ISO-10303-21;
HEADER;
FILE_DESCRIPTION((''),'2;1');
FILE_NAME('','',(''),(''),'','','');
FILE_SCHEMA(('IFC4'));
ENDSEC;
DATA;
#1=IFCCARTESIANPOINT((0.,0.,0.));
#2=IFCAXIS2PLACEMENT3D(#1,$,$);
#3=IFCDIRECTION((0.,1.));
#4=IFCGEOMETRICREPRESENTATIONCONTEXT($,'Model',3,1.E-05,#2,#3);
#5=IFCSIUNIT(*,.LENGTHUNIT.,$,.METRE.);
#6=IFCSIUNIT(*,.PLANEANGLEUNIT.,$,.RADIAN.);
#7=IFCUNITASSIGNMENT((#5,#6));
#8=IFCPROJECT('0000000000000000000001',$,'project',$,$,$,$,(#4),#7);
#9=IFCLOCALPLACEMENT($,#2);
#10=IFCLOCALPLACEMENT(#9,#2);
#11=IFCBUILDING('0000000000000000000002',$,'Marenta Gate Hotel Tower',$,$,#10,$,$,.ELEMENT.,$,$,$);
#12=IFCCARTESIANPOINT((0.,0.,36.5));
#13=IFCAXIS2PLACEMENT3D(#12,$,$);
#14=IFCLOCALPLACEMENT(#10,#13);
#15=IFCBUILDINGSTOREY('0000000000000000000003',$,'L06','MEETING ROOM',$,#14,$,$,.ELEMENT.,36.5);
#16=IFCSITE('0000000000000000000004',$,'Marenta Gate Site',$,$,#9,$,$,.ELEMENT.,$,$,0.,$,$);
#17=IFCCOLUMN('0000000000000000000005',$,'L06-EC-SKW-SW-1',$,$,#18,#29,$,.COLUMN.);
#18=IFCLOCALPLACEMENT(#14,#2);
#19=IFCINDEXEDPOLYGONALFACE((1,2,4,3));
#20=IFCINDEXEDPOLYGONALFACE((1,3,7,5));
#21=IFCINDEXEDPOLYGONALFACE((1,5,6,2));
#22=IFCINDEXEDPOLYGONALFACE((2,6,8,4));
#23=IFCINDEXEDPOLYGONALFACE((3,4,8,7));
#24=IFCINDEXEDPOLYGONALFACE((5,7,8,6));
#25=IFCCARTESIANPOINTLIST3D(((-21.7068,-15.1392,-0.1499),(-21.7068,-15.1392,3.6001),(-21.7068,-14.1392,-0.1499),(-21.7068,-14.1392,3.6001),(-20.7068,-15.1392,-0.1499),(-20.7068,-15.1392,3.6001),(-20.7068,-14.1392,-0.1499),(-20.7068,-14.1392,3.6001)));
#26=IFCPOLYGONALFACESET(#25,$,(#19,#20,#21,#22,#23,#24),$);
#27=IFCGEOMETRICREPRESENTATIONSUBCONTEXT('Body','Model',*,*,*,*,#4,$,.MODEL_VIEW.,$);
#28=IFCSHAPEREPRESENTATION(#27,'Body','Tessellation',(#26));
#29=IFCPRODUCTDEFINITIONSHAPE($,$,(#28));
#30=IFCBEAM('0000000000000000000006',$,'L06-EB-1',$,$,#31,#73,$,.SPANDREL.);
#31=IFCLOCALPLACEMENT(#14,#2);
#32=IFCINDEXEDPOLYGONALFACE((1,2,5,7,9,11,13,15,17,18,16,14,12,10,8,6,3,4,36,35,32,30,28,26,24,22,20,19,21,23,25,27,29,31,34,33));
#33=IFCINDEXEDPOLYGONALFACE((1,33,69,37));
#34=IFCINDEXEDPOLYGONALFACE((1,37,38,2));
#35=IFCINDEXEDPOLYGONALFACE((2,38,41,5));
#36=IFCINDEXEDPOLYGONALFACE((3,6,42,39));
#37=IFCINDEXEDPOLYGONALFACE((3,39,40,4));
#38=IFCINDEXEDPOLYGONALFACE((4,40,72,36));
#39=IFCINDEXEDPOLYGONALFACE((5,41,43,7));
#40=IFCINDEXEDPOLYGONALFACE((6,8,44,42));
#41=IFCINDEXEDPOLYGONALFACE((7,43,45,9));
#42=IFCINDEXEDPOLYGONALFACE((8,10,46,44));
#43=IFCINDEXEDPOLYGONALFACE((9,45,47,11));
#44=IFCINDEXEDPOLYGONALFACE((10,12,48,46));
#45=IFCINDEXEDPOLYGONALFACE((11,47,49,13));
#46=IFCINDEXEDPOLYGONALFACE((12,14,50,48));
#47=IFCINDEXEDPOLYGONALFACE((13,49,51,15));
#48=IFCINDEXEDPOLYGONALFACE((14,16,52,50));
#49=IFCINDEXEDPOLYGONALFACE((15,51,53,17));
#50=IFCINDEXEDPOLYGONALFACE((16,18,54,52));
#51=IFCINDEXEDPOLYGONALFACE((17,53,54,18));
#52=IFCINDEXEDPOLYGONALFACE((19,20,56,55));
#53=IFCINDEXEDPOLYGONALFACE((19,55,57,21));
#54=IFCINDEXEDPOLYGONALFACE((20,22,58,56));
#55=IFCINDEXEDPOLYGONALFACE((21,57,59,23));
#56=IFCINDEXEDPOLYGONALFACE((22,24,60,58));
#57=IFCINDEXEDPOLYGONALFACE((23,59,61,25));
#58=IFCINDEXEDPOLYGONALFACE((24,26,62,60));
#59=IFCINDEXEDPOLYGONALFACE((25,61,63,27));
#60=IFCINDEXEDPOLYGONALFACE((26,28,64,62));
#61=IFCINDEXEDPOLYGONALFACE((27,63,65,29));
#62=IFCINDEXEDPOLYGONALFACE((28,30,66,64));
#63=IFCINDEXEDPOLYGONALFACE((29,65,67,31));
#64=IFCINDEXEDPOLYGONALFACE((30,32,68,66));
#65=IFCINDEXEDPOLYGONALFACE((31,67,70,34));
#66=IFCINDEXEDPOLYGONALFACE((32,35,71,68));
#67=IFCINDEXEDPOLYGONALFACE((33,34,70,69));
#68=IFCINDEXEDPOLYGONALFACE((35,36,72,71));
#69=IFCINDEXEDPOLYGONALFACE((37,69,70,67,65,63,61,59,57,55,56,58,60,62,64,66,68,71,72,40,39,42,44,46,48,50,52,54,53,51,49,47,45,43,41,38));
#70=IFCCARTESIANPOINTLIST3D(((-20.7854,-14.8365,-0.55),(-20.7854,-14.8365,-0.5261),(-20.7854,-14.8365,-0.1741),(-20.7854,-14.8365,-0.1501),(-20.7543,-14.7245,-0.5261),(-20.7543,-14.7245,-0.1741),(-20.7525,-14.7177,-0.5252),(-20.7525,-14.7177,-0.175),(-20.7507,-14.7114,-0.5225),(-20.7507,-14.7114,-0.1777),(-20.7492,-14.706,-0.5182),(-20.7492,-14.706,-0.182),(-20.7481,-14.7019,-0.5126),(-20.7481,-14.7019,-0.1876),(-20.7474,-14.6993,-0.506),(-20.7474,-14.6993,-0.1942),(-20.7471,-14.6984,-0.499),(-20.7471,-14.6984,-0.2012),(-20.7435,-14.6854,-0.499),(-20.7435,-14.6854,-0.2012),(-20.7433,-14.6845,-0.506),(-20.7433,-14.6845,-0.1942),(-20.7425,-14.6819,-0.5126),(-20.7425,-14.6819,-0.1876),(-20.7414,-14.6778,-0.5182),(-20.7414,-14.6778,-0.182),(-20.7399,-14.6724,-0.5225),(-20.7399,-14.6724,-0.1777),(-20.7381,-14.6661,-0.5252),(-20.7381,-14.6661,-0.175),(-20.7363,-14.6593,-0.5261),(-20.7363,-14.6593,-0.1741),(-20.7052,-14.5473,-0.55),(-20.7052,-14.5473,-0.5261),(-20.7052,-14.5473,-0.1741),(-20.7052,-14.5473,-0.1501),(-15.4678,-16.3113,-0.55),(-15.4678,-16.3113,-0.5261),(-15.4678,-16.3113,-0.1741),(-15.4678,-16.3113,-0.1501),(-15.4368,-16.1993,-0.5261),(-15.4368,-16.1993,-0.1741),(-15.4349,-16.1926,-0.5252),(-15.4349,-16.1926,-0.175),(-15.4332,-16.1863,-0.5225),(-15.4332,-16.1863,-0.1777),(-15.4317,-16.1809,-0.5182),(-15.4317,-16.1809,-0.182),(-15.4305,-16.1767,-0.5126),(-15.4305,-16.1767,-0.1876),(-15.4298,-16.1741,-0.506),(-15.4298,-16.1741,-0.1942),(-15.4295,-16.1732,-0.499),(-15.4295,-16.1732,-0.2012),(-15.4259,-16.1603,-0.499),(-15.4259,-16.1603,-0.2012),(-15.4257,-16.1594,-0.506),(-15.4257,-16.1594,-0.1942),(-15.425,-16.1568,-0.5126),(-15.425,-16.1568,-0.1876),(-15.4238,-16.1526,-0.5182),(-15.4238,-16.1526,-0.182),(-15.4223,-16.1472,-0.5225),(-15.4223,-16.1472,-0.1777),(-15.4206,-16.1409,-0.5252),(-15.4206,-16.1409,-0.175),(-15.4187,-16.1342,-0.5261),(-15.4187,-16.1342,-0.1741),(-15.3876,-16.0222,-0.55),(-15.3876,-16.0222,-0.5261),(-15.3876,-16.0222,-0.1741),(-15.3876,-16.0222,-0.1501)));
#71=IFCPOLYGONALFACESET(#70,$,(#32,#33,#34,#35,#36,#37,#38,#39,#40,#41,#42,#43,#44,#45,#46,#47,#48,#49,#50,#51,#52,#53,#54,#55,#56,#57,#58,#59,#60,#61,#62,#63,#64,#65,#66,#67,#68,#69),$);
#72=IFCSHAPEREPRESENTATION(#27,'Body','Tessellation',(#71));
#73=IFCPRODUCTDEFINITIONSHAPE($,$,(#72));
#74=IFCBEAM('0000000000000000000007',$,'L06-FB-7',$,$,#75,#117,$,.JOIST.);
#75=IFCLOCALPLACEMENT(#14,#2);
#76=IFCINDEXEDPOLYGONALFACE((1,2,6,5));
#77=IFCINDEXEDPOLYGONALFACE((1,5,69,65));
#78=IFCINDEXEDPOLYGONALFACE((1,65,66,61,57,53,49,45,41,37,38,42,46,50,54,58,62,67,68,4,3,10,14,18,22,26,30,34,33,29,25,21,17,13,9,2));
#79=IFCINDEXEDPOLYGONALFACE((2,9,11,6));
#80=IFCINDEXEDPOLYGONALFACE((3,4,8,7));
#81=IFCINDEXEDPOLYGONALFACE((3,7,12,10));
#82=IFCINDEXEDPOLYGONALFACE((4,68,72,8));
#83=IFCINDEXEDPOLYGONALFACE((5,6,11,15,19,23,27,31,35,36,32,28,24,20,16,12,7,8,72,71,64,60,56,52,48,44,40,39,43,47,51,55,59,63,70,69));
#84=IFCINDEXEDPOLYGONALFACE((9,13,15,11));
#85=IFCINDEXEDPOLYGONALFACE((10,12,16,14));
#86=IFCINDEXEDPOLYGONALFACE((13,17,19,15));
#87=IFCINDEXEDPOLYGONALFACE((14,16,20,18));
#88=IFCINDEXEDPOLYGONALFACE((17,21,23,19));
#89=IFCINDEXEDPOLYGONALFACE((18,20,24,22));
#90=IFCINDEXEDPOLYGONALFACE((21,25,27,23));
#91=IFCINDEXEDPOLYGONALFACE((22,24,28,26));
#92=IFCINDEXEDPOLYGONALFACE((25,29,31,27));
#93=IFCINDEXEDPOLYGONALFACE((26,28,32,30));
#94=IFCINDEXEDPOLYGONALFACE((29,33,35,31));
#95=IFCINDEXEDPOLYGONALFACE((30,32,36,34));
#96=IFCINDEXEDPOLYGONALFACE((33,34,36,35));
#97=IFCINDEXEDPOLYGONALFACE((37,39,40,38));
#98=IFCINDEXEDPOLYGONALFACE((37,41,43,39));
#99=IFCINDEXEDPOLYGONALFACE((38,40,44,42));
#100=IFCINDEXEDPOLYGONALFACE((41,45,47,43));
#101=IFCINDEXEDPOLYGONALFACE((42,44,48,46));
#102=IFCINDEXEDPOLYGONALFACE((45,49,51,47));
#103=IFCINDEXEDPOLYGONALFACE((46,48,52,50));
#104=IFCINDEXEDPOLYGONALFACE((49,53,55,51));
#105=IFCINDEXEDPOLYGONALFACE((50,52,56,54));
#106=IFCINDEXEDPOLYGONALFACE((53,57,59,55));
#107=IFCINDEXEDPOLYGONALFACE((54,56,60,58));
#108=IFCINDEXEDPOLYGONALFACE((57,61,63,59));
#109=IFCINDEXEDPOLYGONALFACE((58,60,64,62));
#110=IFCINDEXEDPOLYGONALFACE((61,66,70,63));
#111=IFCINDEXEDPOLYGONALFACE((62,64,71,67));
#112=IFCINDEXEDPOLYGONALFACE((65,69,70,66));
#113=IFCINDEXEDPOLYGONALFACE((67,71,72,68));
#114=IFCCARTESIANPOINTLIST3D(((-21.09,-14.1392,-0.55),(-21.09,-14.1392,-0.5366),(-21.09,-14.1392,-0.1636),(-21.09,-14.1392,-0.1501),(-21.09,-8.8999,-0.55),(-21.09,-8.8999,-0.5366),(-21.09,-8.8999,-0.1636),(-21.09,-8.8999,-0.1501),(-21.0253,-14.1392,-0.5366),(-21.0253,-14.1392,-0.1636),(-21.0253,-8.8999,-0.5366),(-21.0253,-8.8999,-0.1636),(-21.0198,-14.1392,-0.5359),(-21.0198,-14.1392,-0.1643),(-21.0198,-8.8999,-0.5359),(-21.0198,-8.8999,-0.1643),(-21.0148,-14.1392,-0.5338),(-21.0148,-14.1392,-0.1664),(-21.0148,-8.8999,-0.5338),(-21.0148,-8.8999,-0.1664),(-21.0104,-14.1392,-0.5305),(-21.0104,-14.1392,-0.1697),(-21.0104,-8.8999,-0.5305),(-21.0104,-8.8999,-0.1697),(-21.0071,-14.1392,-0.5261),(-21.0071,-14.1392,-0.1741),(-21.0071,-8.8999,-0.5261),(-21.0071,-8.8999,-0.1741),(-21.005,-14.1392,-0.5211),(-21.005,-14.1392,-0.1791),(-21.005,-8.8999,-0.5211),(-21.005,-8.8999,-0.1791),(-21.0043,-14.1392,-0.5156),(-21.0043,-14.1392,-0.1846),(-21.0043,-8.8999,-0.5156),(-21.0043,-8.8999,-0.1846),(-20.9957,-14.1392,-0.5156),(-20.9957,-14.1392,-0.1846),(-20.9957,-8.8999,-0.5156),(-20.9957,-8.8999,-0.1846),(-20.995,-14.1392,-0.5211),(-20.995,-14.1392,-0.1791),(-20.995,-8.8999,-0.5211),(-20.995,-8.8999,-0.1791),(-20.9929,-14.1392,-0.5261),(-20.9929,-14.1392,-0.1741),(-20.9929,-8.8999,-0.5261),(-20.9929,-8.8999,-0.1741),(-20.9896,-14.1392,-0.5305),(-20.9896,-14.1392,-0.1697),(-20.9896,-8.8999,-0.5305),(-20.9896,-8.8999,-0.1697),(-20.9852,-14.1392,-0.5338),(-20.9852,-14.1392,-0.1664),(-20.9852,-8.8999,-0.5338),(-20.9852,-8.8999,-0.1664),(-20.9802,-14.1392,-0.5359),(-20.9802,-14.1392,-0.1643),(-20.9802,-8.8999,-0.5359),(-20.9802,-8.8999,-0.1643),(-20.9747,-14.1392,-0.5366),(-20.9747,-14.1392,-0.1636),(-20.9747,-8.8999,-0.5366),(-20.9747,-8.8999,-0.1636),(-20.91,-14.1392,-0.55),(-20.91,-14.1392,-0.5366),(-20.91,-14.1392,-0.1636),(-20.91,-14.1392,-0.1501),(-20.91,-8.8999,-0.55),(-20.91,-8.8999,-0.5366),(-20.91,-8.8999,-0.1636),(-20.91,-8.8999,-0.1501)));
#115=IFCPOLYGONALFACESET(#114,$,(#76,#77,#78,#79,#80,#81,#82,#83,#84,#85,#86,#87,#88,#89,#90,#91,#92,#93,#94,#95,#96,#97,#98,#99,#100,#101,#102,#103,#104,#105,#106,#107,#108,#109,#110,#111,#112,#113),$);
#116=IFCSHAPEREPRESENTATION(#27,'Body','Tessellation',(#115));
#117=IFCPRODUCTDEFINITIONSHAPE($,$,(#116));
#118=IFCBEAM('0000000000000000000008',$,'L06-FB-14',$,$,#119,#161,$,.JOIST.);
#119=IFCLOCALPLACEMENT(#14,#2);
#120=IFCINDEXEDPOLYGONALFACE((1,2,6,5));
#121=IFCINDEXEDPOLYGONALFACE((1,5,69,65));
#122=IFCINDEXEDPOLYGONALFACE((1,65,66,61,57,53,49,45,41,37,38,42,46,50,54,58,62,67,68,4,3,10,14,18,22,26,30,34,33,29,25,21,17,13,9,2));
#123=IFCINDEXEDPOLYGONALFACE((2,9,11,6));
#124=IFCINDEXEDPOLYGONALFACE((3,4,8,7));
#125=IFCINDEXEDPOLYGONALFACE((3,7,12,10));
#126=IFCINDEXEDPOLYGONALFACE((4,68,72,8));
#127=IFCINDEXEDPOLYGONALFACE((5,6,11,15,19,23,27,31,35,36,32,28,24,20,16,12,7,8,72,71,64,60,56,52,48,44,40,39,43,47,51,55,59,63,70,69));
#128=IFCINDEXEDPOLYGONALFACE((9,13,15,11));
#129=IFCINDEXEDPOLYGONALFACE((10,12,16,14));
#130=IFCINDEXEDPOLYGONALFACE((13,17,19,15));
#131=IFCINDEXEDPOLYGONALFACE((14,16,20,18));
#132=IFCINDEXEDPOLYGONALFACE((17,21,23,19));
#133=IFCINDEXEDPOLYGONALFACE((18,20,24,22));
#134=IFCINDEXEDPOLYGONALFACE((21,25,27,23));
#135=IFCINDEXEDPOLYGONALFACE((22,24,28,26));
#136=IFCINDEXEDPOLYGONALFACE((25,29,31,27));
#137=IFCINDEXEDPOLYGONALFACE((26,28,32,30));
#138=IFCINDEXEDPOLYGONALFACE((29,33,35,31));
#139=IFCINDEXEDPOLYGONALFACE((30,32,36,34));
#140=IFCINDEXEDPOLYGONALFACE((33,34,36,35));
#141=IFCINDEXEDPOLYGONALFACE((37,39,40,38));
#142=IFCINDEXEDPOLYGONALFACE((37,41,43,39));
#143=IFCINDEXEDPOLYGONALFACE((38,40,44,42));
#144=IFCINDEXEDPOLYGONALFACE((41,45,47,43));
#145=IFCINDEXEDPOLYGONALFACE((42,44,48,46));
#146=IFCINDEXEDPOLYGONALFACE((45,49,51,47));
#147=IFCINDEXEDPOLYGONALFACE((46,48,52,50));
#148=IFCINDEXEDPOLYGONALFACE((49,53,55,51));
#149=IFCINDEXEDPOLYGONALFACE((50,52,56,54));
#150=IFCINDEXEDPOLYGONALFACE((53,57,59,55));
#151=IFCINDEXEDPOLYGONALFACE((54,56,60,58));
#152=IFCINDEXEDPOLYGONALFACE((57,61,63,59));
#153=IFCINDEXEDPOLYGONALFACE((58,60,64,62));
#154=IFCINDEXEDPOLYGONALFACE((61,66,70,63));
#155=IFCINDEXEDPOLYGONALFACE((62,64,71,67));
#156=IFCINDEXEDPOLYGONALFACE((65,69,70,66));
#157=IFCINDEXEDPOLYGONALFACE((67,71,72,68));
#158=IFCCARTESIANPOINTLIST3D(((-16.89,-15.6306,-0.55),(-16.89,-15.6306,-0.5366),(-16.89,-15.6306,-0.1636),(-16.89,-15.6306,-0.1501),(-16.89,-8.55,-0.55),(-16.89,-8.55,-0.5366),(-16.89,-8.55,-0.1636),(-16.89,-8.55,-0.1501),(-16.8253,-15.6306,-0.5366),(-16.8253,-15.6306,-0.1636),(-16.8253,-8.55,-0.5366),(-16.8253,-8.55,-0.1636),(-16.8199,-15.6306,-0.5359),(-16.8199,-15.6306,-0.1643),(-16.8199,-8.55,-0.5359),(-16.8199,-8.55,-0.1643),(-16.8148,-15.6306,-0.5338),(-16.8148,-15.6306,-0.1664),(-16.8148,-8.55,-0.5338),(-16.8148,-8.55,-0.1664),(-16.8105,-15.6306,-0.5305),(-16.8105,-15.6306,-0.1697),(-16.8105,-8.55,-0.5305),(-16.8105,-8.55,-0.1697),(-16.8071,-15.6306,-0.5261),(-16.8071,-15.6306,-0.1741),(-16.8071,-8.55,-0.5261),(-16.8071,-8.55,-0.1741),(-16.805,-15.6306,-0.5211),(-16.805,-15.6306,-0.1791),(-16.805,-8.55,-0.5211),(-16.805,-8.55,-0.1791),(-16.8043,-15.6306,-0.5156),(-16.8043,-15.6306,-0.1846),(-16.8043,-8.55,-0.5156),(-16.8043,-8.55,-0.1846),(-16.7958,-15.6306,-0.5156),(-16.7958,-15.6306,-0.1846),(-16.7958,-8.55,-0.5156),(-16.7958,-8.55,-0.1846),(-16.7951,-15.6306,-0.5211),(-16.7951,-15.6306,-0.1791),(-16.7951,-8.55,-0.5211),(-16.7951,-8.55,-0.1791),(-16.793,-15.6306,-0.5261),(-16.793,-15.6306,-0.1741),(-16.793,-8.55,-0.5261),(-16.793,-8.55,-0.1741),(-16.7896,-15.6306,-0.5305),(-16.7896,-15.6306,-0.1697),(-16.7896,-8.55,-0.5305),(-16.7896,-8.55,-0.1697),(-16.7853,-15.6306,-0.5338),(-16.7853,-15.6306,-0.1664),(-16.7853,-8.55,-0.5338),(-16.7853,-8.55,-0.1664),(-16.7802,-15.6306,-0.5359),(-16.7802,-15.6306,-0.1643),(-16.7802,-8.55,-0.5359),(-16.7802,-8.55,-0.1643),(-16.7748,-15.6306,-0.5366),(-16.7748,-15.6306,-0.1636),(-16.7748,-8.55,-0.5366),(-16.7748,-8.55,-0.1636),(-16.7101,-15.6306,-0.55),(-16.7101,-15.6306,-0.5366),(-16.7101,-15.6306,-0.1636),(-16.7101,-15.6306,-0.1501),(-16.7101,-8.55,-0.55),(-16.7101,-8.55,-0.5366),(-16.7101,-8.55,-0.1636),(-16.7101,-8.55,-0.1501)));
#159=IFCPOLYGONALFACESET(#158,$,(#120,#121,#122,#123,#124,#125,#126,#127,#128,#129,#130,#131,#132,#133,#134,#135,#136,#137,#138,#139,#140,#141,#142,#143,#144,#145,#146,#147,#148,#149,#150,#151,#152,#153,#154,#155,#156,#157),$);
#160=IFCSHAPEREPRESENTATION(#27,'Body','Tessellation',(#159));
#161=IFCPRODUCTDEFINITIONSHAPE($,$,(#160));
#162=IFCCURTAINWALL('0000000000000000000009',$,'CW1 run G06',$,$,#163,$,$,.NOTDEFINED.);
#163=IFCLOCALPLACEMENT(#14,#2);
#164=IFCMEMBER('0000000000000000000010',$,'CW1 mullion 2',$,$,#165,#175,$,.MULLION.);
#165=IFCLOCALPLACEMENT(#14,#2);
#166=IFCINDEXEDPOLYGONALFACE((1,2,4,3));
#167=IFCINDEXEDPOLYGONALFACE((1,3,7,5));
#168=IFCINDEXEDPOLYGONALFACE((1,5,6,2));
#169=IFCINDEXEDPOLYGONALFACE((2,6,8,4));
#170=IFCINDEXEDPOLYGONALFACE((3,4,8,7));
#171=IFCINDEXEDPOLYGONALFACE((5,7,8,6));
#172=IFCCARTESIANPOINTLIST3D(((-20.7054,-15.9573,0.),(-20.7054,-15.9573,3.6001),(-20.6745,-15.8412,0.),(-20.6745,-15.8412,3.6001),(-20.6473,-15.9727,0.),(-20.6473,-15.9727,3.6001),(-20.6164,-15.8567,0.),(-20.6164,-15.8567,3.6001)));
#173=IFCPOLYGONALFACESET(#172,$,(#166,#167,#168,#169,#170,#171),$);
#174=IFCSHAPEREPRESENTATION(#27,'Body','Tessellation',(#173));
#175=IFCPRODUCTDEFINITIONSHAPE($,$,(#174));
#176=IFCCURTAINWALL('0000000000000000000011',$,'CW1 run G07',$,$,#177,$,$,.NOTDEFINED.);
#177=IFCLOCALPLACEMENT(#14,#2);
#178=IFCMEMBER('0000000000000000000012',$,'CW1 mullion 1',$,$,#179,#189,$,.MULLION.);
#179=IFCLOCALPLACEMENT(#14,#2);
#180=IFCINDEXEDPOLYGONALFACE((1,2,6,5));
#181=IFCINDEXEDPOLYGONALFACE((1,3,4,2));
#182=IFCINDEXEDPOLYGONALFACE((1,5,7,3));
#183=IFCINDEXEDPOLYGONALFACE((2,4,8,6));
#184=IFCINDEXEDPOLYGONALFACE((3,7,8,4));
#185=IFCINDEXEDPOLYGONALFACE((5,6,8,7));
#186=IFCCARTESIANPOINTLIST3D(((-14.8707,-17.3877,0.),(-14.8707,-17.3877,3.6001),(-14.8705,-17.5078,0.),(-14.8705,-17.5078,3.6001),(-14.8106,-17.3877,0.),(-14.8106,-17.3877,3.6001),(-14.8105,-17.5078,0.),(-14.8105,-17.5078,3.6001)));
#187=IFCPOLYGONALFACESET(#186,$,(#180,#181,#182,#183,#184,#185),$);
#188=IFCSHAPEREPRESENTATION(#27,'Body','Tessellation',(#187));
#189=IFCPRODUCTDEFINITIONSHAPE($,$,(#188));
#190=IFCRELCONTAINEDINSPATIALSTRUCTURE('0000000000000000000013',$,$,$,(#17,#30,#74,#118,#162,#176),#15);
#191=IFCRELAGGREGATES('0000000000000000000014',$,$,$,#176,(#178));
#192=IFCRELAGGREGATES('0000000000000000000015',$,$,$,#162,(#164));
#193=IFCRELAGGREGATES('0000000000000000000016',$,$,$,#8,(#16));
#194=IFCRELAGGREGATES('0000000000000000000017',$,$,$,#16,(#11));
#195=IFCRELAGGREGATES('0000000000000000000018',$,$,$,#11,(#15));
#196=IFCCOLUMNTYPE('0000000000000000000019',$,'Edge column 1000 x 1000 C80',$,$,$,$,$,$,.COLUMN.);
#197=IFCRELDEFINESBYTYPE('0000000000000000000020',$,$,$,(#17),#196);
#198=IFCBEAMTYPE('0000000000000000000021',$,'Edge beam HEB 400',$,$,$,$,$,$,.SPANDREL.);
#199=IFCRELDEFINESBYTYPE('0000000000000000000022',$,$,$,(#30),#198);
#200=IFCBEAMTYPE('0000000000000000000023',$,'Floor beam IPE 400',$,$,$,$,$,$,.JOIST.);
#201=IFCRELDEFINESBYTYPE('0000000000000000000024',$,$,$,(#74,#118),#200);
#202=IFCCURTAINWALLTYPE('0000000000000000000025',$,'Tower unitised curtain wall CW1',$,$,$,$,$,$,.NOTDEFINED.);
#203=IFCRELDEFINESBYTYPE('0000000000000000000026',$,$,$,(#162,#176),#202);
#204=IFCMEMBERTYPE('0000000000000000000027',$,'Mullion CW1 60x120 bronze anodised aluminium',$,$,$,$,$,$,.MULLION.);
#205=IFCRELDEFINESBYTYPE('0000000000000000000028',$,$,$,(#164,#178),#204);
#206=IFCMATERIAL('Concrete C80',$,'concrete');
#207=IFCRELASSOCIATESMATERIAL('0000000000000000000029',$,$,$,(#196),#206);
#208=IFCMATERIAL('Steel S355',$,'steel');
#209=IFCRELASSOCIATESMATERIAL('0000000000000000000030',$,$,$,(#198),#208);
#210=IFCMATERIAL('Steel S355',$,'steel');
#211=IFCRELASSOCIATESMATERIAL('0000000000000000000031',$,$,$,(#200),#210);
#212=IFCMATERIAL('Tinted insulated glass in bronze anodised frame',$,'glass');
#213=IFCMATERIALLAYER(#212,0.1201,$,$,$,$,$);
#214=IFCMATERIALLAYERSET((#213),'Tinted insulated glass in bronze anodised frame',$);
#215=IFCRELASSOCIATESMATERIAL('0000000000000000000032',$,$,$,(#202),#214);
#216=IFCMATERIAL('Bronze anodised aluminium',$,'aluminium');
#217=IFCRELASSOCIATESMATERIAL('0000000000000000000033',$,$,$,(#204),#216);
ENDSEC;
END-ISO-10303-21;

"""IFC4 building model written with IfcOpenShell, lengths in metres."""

from ifc_helpers import new_model, si_unit, direction, frame, origin, origin_2d, place, context, subcontext, project, spatial, rectangle, i_section, extrude, material, layer, layer_set, material_profile, profile_set, type_object, element, aggregate, save


model = new_model("IFC4")

# Units and contexts
model_context = context("Model", 3, precision=1e-05, world=origin(), true_north=direction((0.0, 1.0)))
body_context = subcontext(model_context, "Body", "Model", "MODEL_VIEW")
ifc_project = project(units=[si_unit("LENGTHUNIT", "METRE"), si_unit("PLANEANGLEUNIT", "RADIAN")], contexts=[model_context])

# Site, building, storey
site_placement = place(None, origin())
site = spatial("IfcSite", under=ifc_project, at=site_placement, Name="Marenta Gate Site", CompositionType="ELEMENT", RefElevation=0.0)
building_placement = place(site_placement, origin())
building = spatial("IfcBuilding", under=site, at=building_placement, Name="Marenta Gate Hotel Tower", CompositionType="ELEMENT")
storey_placement = place(building_placement, frame((0.0, 0.0, 36.5)))
storey = spatial("IfcBuildingStorey", under=building, at=storey_placement, Name="L06", Description="MEETING ROOM", CompositionType="ELEMENT", Elevation=36.5)

# Column
ifc_material_1 = material(Name="Concrete C80", Category="concrete")
ifc_material_profile_1 = material_profile(ifc_material_1, rectangle(XDim=1.0, YDim=1.0, at=origin_2d()), Name="1000 x 1000")
ifc_profile_set_1 = profile_set([ifc_material_profile_1], Name="Concrete C80")
column_type = type_object("IfcColumnType", Name="Edge column 1000 x 1000 C80", PredefinedType="COLUMN", material=ifc_profile_set_1)
column_placement = place(storey_placement, frame((-21.2068, -14.6392, -0.1499), z_axis=(0.0, 0.0, 1.0), x_axis=(1.0, 0.0, 0.0)))
element("IfcColumn", 1, at=column_placement, inside=storey, type_object=column_type, Name="L06-EC-SKW-SW-1", PredefinedType="COLUMN", context=body_context, shape_type="SweptSolid", body=[
    extrude(rectangle(XDim=1.0, YDim=1.0, at=origin_2d()), origin(), (0.0, 0.0, 1.0), 3.75),
])

# Beams
ifc_material_2 = material(Name="Steel S355", Category="steel")
ifc_material_profile_2 = material_profile(ifc_material_2, i_section(OverallWidth=0.3, OverallDepth=0.3999, WebThickness=0.0134, FlangeThickness=0.0239, FilletRadius=0.0271, at=origin_2d()), Name="HEB 400")
ifc_profile_set_2 = profile_set([ifc_material_profile_2], Name="Steel S355")
beam_type_1 = type_object("IfcBeamType", Name="Edge beam HEB 400", PredefinedType="SPANDREL", material=ifc_profile_set_2)
beam_1_placement = place(storey_placement, frame((-15.4277, -16.1667, -0.3501), z_axis=(-0.963624, 0.267263, 0.0), x_axis=(-0.267263, -0.963624, 0.0)))
element("IfcBeam", 2, at=beam_1_placement, inside=storey, type_object=beam_type_1, Name="L06-EB-1", PredefinedType="SPANDREL", context=body_context, shape_type="SweptSolid", body=[
    extrude(i_section(OverallWidth=0.3, OverallDepth=0.3999, WebThickness=0.0134, FlangeThickness=0.0239, FilletRadius=0.0271, at=origin_2d()), origin(), (0.0, 0.0, 1.0), 5.5183),
])
ifc_material_3 = material(Name="Steel S355", Category="steel")
ifc_material_profile_3 = material_profile(ifc_material_3, i_section(OverallWidth=0.1799, OverallDepth=0.3999, WebThickness=0.0085, FlangeThickness=0.0134, FilletRadius=0.021, at=origin_2d()), Name="IPE 400")
ifc_profile_set_3 = profile_set([ifc_material_profile_3], Name="Steel S355")
beam_type_2 = type_object("IfcBeamType", Name="Floor beam IPE 400", PredefinedType="JOIST", material=ifc_profile_set_3)
beam_2_placement = place(storey_placement, frame((-21.0, -14.1392, -0.3501), z_axis=(0.0, 1.0, 0.0), x_axis=(-1.0, 0.0, 0.0)))
element("IfcBeam", 3, at=beam_2_placement, inside=storey, type_object=beam_type_2, Name="L06-FB-7", PredefinedType="JOIST", context=body_context, shape_type="SweptSolid", body=[
    extrude(i_section(OverallWidth=0.1799, OverallDepth=0.3999, WebThickness=0.0085, FlangeThickness=0.0134, FilletRadius=0.021, at=origin_2d()), origin(), (0.0, 0.0, 1.0), 5.2393),
])
beam_3_placement = place(storey_placement, frame((-16.8, -15.6306, -0.3501), z_axis=(0.0, 1.0, 0.0), x_axis=(-1.0, 0.0, 0.0)))
element("IfcBeam", 4, at=beam_3_placement, inside=storey, type_object=beam_type_2, Name="L06-FB-14", PredefinedType="JOIST", context=body_context, shape_type="SweptSolid", body=[
    extrude(i_section(OverallWidth=0.1799, OverallDepth=0.3999, WebThickness=0.0085, FlangeThickness=0.0134, FilletRadius=0.021, at=origin_2d()), origin(), (0.0, 0.0, 1.0), 7.0806),
])

# Curtain walls, members
ifc_material_4 = material(Name="Tinted insulated glass in bronze anodised frame", Category="glass")
ifc_layer_1 = layer(ifc_material_4, 0.1201)
ifc_layer_set_1 = layer_set([ifc_layer_1], Name="Tinted insulated glass in bronze anodised frame")
curtain_wall_type = type_object("IfcCurtainWallType", Name="Tower unitised curtain wall CW1", PredefinedType="NOTDEFINED", material=ifc_layer_set_1)
curtain_wall_1_placement = place(storey_placement, origin())
curtain_wall_1 = element("IfcCurtainWall", 5, at=curtain_wall_1_placement, inside=storey, type_object=curtain_wall_type, Name="CW1 run G06", PredefinedType="NOTDEFINED")
ifc_material_5 = material(Name="Bronze anodised aluminium", Category="aluminium")
ifc_material_profile_4 = material_profile(ifc_material_5, rectangle(XDim=0.1201, YDim=0.0601, at=origin_2d()), Name="Mullion CW1 60x120 bronze anodised aluminium")
ifc_profile_set_4 = profile_set([ifc_material_profile_4], Name="Bronze anodised aluminium")
member_type_1 = type_object("IfcMemberType", Name="Mullion CW1 60x120 bronze anodised aluminium", PredefinedType="MULLION", material=ifc_profile_set_4)
member_1_placement = place(storey_placement, frame((-20.6609, -15.907, 0.0), z_axis=(0.0, 0.0, 1.0), x_axis=(0.257142, 0.966374, 0.0)))
member_1 = element("IfcMember", 6, at=member_1_placement, type_object=member_type_1, Name="CW1 mullion 2", PredefinedType="MULLION", context=body_context, shape_type="SweptSolid", body=[
    extrude(rectangle(XDim=0.1201, YDim=0.0601, at=origin_2d()), origin(), (0.0, 0.0, 1.0), 3.6001),
])
curtain_wall_2_placement = place(storey_placement, origin())
curtain_wall_2 = element("IfcCurtainWall", 7, at=curtain_wall_2_placement, inside=storey, type_object=curtain_wall_type, Name="CW1 run G07", PredefinedType="NOTDEFINED")
member_2_placement = place(storey_placement, frame((-14.8406, -17.4478, 0.0), z_axis=(0.0, 0.0, 1.0), x_axis=(-0.001162, 0.999999, 0.0)))
member_2 = element("IfcMember", 8, at=member_2_placement, type_object=member_type_1, Name="CW1 mullion 1", PredefinedType="MULLION", context=body_context, shape_type="SweptSolid", body=[
    extrude(rectangle(XDim=0.1201, YDim=0.0601, at=origin_2d()), origin(), (0.0, 0.0, 1.0), 3.6001),
])

aggregate(curtain_wall_2, [member_2])

aggregate(curtain_wall_1, [member_1])

save(model, "model.ifc")
